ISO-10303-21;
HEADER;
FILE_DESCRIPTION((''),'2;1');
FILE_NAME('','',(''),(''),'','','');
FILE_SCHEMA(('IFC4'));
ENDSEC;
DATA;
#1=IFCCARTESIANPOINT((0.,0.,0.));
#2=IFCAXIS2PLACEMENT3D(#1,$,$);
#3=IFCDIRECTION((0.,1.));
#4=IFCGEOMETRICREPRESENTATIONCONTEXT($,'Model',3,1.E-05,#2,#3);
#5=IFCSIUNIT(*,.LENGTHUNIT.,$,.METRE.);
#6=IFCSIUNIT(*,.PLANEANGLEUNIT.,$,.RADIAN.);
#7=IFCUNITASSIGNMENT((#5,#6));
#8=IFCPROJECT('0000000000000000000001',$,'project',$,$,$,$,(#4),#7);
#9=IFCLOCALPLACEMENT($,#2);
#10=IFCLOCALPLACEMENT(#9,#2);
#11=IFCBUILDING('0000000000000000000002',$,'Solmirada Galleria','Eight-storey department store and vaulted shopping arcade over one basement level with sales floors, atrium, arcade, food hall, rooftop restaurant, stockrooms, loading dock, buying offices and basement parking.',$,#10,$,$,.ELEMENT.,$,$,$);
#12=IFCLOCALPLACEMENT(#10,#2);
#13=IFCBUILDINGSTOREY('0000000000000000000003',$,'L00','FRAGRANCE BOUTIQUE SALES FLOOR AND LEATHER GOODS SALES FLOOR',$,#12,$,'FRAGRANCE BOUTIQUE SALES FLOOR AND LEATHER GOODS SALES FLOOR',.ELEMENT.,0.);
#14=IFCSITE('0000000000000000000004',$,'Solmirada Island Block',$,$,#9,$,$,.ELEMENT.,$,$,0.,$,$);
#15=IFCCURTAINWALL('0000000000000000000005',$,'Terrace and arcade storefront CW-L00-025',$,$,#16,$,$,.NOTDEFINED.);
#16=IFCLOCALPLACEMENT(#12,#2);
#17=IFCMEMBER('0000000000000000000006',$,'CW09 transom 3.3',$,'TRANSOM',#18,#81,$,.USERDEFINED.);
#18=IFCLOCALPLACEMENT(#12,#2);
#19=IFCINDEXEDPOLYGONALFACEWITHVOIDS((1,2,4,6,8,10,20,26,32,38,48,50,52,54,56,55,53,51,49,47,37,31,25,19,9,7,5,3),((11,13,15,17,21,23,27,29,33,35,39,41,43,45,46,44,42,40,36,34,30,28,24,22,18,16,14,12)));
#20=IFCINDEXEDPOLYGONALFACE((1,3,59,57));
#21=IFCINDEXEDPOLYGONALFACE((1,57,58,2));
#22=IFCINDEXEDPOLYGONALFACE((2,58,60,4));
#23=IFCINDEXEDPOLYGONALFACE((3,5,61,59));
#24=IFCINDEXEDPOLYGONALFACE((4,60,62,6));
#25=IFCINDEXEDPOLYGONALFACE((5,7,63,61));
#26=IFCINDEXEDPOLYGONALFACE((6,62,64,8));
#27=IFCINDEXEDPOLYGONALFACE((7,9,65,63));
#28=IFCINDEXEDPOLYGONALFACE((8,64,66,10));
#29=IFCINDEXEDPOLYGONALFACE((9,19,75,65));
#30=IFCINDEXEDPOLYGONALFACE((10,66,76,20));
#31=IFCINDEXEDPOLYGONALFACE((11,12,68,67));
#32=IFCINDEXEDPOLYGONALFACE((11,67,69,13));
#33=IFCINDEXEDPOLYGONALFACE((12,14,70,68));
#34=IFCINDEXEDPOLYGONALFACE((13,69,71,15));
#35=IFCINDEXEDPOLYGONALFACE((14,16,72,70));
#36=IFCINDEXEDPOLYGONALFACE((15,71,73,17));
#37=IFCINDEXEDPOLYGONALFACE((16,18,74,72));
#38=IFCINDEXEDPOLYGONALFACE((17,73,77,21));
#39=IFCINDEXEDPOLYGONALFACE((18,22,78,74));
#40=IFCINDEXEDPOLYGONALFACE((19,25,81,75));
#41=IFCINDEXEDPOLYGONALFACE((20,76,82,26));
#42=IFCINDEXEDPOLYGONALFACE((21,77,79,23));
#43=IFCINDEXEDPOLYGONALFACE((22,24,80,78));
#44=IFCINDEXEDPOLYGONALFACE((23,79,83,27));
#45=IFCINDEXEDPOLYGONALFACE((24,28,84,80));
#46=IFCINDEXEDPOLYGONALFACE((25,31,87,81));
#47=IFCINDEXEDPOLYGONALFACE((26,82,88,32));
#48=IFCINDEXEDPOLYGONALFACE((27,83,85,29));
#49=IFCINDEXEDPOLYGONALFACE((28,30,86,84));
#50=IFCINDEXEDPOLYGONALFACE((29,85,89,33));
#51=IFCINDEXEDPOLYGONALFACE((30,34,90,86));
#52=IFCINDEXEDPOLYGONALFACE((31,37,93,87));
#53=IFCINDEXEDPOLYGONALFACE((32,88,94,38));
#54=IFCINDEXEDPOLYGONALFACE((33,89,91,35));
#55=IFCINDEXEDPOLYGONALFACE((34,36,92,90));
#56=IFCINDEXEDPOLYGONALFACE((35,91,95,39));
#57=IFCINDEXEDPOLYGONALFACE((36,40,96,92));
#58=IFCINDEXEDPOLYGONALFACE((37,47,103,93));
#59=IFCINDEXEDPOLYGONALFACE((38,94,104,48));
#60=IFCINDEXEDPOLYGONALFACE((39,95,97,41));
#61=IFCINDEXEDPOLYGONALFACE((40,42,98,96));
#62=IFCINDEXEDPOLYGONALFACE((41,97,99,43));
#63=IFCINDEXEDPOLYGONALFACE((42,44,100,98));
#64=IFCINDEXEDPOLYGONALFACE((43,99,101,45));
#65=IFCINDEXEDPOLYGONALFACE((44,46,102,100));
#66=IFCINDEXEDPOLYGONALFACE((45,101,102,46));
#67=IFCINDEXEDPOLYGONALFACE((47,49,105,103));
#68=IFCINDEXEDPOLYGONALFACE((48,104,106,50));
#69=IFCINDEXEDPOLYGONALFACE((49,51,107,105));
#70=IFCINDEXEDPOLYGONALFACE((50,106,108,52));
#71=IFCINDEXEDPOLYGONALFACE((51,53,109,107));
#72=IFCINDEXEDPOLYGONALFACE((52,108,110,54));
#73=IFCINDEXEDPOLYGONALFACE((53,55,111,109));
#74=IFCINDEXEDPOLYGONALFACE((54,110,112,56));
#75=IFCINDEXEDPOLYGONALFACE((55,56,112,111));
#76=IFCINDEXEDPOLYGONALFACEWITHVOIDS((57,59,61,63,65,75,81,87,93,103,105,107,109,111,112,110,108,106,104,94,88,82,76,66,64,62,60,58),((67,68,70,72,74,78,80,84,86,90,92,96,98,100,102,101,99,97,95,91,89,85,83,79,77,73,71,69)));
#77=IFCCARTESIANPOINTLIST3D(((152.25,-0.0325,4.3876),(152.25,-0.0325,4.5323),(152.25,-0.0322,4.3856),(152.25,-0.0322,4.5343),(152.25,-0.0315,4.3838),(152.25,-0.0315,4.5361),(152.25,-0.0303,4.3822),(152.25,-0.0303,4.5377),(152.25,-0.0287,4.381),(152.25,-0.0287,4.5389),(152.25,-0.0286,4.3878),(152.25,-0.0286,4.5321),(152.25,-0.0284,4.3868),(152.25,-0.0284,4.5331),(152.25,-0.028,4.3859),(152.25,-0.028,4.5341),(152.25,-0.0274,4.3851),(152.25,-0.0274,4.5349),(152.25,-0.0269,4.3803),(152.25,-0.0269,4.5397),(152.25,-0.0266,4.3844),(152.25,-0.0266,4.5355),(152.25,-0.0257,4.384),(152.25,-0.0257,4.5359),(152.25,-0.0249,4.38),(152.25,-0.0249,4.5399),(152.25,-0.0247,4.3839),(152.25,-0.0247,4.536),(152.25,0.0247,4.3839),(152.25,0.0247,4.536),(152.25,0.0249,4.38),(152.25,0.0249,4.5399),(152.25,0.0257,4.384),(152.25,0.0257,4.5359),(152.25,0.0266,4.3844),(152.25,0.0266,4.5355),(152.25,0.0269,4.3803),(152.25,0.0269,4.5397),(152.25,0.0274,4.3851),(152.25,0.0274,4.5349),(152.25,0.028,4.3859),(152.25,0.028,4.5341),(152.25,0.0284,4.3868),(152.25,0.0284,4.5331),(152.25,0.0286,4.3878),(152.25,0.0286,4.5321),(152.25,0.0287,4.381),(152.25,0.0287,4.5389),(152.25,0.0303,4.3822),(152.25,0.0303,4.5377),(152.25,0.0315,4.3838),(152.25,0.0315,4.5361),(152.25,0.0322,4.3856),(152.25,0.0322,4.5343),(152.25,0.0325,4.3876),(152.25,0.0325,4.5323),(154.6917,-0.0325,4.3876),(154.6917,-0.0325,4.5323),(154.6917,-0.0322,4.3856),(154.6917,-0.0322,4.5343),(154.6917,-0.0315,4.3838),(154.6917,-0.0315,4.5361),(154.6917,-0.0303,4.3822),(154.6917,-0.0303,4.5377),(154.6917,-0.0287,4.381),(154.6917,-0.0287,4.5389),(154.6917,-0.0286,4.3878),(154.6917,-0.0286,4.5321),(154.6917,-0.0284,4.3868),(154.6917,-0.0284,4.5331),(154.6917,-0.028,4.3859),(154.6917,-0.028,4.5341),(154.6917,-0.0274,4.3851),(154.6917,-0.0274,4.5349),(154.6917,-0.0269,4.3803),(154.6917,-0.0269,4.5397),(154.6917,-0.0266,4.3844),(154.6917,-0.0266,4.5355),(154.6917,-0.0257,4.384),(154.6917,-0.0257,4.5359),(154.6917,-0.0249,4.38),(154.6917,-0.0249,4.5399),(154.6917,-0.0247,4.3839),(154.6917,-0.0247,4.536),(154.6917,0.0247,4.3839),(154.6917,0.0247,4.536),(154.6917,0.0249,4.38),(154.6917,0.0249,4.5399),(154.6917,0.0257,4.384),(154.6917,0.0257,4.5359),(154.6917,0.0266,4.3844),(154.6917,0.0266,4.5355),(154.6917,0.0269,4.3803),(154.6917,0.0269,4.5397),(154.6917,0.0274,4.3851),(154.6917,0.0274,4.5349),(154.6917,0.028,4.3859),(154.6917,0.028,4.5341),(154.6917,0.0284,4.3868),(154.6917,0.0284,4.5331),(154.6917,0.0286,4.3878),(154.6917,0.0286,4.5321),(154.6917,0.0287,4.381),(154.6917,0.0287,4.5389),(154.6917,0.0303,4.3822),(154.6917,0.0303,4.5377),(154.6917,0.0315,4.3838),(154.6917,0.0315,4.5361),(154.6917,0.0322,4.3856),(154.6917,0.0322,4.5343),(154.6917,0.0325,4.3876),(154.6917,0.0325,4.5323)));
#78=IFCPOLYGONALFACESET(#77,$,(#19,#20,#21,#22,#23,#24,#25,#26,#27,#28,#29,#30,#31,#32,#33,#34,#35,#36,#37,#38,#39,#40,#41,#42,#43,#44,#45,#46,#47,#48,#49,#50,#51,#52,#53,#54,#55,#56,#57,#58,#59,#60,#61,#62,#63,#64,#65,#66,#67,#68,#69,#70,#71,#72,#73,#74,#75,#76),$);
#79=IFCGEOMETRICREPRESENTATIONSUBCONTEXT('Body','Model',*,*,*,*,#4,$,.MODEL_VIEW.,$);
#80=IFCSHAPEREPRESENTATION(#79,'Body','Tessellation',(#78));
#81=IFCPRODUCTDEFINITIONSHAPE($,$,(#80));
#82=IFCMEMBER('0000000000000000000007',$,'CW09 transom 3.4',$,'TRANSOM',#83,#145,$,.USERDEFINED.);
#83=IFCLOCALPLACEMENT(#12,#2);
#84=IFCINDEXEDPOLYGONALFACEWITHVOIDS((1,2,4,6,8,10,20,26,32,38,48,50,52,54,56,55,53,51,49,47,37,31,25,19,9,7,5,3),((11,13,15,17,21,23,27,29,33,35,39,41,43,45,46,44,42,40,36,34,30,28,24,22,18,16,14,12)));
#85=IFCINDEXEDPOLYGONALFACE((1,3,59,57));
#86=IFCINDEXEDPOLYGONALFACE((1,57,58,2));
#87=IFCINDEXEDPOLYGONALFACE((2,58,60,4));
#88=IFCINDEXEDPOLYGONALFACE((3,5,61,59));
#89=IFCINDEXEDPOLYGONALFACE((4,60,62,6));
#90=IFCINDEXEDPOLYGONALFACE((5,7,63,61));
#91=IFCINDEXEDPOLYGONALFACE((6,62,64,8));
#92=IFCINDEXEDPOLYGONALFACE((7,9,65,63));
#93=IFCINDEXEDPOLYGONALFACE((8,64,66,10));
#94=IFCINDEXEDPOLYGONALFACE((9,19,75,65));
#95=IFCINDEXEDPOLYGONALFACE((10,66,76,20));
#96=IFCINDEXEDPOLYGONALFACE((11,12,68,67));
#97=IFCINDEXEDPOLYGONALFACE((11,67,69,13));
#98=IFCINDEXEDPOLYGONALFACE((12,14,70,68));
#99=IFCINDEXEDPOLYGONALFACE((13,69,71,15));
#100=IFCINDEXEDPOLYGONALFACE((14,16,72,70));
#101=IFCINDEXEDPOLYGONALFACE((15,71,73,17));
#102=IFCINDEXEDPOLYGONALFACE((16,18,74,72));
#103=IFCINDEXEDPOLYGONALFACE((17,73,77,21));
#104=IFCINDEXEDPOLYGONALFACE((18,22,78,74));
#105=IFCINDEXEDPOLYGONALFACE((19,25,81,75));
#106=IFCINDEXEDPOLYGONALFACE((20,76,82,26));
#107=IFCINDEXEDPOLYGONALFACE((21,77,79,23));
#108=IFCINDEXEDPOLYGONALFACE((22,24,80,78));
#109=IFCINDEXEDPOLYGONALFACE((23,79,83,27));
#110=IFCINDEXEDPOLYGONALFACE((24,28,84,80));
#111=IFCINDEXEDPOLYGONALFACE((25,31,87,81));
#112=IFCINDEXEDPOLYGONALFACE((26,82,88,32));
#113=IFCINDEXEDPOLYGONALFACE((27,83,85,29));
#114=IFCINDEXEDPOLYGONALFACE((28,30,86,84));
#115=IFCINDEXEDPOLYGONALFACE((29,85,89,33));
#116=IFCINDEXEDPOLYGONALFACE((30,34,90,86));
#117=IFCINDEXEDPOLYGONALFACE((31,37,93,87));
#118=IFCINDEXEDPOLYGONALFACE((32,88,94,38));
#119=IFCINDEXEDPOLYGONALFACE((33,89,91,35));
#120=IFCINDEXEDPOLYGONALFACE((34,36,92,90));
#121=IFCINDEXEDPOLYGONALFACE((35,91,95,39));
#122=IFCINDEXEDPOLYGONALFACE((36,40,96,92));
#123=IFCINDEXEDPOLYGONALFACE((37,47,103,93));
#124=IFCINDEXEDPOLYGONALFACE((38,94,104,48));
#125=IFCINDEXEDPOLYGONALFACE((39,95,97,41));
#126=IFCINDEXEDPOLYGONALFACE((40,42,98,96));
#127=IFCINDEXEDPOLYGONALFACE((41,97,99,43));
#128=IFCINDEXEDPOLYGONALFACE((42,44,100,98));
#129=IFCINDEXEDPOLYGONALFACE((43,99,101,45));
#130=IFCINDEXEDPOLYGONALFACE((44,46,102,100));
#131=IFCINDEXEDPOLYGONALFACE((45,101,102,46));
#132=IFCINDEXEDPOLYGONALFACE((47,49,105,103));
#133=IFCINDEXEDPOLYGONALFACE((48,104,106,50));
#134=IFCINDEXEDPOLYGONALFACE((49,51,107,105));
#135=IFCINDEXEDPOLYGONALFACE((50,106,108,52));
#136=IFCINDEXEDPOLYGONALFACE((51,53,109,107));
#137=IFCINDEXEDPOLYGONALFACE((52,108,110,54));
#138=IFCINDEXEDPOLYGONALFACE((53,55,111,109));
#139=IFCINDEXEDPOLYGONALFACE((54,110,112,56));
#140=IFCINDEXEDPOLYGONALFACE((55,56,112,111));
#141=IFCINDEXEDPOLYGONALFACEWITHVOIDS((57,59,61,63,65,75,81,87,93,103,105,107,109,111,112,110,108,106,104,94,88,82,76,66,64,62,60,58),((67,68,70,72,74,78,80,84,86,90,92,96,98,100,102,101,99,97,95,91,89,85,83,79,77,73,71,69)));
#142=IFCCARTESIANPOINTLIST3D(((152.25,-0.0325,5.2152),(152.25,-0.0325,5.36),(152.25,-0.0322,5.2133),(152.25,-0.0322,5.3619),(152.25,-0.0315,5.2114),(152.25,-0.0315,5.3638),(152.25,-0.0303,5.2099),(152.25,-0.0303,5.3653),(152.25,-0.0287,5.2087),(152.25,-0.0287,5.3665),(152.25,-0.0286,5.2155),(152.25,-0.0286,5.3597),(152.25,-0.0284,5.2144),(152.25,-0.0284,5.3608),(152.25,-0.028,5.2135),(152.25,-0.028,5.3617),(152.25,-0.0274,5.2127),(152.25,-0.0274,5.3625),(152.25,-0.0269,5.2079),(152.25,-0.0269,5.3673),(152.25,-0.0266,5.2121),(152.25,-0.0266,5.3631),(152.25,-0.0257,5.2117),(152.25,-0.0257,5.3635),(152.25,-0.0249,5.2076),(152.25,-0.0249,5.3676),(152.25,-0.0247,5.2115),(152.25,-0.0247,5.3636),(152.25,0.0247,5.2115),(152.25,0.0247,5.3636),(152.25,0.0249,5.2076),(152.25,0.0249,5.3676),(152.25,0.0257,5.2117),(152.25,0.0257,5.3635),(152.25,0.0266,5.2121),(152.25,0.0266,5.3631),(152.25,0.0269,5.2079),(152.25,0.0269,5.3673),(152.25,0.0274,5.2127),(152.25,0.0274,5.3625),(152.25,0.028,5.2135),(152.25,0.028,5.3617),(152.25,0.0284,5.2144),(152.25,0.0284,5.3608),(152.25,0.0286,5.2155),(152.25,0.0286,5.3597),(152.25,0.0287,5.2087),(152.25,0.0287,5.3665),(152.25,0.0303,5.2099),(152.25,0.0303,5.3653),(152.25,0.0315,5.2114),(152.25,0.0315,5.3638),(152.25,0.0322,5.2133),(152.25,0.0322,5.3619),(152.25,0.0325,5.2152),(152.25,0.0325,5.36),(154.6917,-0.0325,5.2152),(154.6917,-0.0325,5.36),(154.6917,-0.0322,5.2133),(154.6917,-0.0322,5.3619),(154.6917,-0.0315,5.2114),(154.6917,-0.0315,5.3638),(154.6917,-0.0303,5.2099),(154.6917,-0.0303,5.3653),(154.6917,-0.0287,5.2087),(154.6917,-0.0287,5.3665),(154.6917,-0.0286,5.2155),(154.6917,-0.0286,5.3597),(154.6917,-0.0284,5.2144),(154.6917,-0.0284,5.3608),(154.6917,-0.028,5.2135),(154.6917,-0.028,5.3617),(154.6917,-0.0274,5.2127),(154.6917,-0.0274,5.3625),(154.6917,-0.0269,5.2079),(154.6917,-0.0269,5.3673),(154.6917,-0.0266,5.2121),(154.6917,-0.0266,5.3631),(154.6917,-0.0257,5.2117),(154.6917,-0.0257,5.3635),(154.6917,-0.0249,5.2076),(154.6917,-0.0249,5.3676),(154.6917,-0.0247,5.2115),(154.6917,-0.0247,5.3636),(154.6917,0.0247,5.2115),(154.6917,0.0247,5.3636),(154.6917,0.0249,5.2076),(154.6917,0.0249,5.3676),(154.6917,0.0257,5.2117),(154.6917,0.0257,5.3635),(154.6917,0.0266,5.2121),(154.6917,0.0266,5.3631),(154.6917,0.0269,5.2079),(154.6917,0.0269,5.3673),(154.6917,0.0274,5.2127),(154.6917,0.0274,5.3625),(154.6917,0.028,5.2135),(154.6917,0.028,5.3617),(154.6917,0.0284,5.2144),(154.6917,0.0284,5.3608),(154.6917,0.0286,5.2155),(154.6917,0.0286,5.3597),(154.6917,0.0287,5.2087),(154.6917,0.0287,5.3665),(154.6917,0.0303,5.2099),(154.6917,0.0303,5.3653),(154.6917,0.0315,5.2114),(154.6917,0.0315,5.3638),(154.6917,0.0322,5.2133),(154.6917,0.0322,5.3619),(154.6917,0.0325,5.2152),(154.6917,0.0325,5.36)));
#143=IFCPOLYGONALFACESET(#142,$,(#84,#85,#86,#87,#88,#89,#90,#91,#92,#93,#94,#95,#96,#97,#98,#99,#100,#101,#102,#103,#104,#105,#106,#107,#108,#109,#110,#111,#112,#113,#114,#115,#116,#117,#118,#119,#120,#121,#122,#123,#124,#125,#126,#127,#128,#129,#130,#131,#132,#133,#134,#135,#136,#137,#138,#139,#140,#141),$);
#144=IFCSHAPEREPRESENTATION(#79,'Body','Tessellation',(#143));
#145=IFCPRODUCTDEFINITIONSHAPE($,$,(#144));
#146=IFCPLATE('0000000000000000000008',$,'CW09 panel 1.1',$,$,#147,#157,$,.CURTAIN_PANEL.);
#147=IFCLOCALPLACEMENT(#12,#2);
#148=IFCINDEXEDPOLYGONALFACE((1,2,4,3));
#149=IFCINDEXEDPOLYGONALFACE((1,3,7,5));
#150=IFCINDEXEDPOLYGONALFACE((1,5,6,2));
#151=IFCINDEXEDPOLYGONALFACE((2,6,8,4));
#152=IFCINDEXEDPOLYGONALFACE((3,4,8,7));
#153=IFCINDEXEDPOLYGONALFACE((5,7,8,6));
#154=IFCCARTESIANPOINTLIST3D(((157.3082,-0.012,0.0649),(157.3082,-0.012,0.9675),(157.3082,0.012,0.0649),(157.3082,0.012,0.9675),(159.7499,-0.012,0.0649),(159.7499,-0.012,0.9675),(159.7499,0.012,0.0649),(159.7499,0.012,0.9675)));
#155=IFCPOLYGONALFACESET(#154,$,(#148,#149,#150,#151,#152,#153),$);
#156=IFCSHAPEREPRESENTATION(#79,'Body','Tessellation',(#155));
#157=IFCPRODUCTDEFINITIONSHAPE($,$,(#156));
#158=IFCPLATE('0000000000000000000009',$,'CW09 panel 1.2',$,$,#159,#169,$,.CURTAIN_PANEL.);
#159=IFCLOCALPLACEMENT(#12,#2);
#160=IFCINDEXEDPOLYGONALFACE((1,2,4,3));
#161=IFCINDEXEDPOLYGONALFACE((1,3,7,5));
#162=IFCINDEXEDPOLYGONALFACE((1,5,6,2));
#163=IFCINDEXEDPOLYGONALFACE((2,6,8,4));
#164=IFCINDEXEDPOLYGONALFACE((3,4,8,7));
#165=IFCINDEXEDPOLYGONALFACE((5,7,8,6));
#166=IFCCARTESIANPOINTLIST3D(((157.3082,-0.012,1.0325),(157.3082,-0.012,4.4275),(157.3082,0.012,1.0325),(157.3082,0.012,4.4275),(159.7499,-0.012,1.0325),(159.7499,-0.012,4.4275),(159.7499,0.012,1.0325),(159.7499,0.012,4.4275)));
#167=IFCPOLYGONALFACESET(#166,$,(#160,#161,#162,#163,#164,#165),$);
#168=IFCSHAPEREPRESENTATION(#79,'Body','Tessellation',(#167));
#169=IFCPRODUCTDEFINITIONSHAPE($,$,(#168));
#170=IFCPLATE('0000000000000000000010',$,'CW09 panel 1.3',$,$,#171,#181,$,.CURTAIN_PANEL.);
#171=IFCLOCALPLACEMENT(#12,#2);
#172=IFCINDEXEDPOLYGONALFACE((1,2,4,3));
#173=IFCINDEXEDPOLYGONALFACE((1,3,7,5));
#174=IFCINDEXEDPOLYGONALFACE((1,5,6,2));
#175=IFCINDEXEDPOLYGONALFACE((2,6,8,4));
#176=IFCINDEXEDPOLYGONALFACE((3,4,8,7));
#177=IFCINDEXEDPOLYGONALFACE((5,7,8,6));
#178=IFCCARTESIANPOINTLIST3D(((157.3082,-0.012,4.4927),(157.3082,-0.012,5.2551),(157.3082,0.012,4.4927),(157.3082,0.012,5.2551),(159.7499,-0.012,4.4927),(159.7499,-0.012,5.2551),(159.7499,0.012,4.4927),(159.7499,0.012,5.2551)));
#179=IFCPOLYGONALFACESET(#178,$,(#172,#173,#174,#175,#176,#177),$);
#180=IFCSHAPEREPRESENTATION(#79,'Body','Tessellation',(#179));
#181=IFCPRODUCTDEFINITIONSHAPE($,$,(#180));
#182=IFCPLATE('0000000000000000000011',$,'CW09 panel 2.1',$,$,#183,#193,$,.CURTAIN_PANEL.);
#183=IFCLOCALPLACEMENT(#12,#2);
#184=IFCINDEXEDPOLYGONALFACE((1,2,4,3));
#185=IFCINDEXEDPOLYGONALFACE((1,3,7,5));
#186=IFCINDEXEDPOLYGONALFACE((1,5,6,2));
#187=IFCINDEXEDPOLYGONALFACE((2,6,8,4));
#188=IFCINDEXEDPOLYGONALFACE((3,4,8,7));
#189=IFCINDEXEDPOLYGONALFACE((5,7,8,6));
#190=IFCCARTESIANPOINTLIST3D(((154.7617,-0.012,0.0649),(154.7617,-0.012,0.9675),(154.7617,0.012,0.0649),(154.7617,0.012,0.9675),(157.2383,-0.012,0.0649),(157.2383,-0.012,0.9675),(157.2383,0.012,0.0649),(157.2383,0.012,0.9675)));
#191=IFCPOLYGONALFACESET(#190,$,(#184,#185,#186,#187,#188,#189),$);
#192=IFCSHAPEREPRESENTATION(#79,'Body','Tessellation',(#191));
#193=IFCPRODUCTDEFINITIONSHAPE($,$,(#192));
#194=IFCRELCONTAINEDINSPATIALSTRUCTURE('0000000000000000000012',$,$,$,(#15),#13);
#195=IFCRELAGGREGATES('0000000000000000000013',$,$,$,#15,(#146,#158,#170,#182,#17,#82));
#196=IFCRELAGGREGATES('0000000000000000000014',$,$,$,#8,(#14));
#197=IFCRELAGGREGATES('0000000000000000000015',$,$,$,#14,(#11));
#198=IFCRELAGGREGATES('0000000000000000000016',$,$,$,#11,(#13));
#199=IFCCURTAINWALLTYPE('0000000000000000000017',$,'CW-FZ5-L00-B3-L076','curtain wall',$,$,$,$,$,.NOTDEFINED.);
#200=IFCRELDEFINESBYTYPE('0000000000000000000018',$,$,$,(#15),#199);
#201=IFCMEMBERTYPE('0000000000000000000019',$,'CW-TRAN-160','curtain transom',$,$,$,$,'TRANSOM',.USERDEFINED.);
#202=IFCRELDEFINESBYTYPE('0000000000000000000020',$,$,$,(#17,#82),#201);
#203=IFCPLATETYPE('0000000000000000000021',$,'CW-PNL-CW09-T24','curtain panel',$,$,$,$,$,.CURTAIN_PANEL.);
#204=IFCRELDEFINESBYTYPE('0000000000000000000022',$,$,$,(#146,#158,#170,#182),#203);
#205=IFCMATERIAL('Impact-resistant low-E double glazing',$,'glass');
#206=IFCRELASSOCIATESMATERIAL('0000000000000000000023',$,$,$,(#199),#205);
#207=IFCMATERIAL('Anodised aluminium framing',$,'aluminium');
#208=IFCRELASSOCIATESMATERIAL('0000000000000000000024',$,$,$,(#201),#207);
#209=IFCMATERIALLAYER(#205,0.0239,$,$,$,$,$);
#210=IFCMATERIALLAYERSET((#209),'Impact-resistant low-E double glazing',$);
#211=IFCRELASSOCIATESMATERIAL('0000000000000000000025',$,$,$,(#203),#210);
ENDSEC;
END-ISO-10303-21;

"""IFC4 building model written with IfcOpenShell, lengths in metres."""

from ifc_helpers import new_model, si_unit, direction, frame, origin, origin_2d, place, context, subcontext, project, spatial, rectangle, hollow_rectangle, extrude, material, layer, layer_set, material_profile, profile_set, type_object, element, aggregate, save


model = new_model("IFC4")

# Units and contexts
model_context = context("Model", 3, precision=1e-05, world=origin(), true_north=direction((0.0, 1.0)))
body_context = subcontext(model_context, "Body", "Model", "MODEL_VIEW")
ifc_project = project(units=[si_unit("LENGTHUNIT", "METRE"), si_unit("PLANEANGLEUNIT", "RADIAN")], contexts=[model_context])

# Site, building, storey
site_placement = place(None, origin())
site = spatial("IfcSite", under=ifc_project, at=site_placement, Name="Solmirada Island Block", CompositionType="ELEMENT", RefElevation=0.0)
building_placement = place(site_placement, origin())
building = spatial("IfcBuilding", under=site, at=building_placement, Name="Solmirada Galleria", Description="Eight-storey department store and vaulted shopping arcade over one basement level with sales floors, atrium, arcade, food hall, rooftop restaurant, stockrooms, loading dock, buying offices and basement parking.", CompositionType="ELEMENT")
storey_placement = place(building_placement, origin())
storey = spatial("IfcBuildingStorey", under=building, at=storey_placement, Name="L00", Description="FRAGRANCE BOUTIQUE SALES FLOOR AND LEATHER GOODS SALES FLOOR", LongName="FRAGRANCE BOUTIQUE SALES FLOOR AND LEATHER GOODS SALES FLOOR", CompositionType="ELEMENT", Elevation=0.0)

# Curtain wall, members, plates
ifc_material_1 = material(Name="Impact-resistant low-E double glazing", Category="glass")
curtain_wall_type = type_object("IfcCurtainWallType", Name="CW-FZ5-L00-B3-L076", Description="curtain wall", PredefinedType="NOTDEFINED", material=ifc_material_1)
curtain_wall_placement = place(storey_placement, origin())
curtain_wall = element("IfcCurtainWall", 1, at=curtain_wall_placement, inside=storey, type_object=curtain_wall_type, Name="Terrace and arcade storefront CW-L00-025", PredefinedType="NOTDEFINED")
ifc_material_2 = material(Name="Anodised aluminium framing", Category="aluminium")
ifc_material_profile_1 = material_profile(ifc_material_2, hollow_rectangle(XDim=0.0649, YDim=0.1599, WallThickness=0.0039, InnerFilletRadius=0.0039, OuterFilletRadius=0.0076, at=origin_2d()), Name="ALU-TRAN-160X65")
ifc_profile_set_1 = profile_set([ifc_material_profile_1], Name="Anodised aluminium framing")
member_type_1 = type_object("IfcMemberType", Name="CW-TRAN-160", Description="curtain transom", ElementType="TRANSOM", PredefinedType="USERDEFINED", material=ifc_profile_set_1)
member_1_placement = place(storey_placement, frame((154.6917, 0.0, 4.46), z_axis=(-1.0, 0.0, 0.0), x_axis=(0.0, -1.0, 0.0)))
member_1 = element("IfcMember", 2, at=member_1_placement, type_object=member_type_1, Name="CW09 transom 3.3", ObjectType="TRANSOM", PredefinedType="USERDEFINED", context=body_context, shape_type="SweptSolid", body=[
    extrude(hollow_rectangle(XDim=0.0649, YDim=0.1599, WallThickness=0.0039, InnerFilletRadius=0.0039, OuterFilletRadius=0.0076, at=origin_2d()), origin(), (0.0, 0.0, 1.0), 2.4417),
])
member_2_placement = place(storey_placement, frame((154.6917, 0.0, 5.2876), z_axis=(-1.0, 0.0, 0.0), x_axis=(0.0, -1.0, 0.0)))
member_2 = element("IfcMember", 3, at=member_2_placement, type_object=member_type_1, Name="CW09 transom 3.4", ObjectType="TRANSOM", PredefinedType="USERDEFINED", context=body_context, shape_type="SweptSolid", body=[
    extrude(hollow_rectangle(XDim=0.0649, YDim=0.1599, WallThickness=0.0039, InnerFilletRadius=0.0039, OuterFilletRadius=0.0076, at=origin_2d()), origin(), (0.0, 0.0, 1.0), 2.4417),
])
ifc_layer_1 = layer(ifc_material_1, 0.0239)
ifc_layer_set_1 = layer_set([ifc_layer_1], Name="Impact-resistant low-E double glazing")
plate_type = type_object("IfcPlateType", Name="CW-PNL-CW09-T24", Description="curtain panel", PredefinedType="CURTAIN_PANEL", material=ifc_layer_set_1)
plate_1_placement = place(storey_placement, frame((158.5291, 0.0, 0.0649), z_axis=(0.0, 0.0, 1.0), x_axis=(-1.0, 0.0, 0.0)))
plate_1 = element("IfcPlate", 4, at=plate_1_placement, type_object=plate_type, Name="CW09 panel 1.1", PredefinedType="CURTAIN_PANEL", context=body_context, shape_type="SweptSolid", body=[
    extrude(rectangle(XDim=2.4417, YDim=0.0239, at=origin_2d()), origin(), (0.0, 0.0, 1.0), 0.9026),
])
plate_2_placement = place(storey_placement, frame((158.5291, 0.0, 1.0325), z_axis=(0.0, 0.0, 1.0), x_axis=(-1.0, 0.0, 0.0)))
plate_2 = element("IfcPlate", 5, at=plate_2_placement, type_object=plate_type, Name="CW09 panel 1.2", PredefinedType="CURTAIN_PANEL", context=body_context, shape_type="SweptSolid", body=[
    extrude(rectangle(XDim=2.4417, YDim=0.0239, at=origin_2d()), origin(), (0.0, 0.0, 1.0), 3.395),
])
plate_3_placement = place(storey_placement, frame((158.5291, 0.0, 4.4927), z_axis=(0.0, 0.0, 1.0), x_axis=(-1.0, 0.0, 0.0)))
plate_3 = element("IfcPlate", 6, at=plate_3_placement, type_object=plate_type, Name="CW09 panel 1.3", PredefinedType="CURTAIN_PANEL", context=body_context, shape_type="SweptSolid", body=[
    extrude(rectangle(XDim=2.4417, YDim=0.0239, at=origin_2d()), origin(), (0.0, 0.0, 1.0), 0.7625),
])
plate_4_placement = place(storey_placement, frame((156.0, 0.0, 0.0649), z_axis=(0.0, 0.0, 1.0), x_axis=(-1.0, 0.0, 0.0)))
plate_4 = element("IfcPlate", 7, at=plate_4_placement, type_object=plate_type, Name="CW09 panel 2.1", PredefinedType="CURTAIN_PANEL", context=body_context, shape_type="SweptSolid", body=[
    extrude(rectangle(XDim=2.4766, YDim=0.0239, at=origin_2d()), origin(), (0.0, 0.0, 1.0), 0.9026),
])
aggregate(curtain_wall, [plate_1, plate_2, plate_3, plate_4, member_1, member_2])

save(model, "model.ifc")
